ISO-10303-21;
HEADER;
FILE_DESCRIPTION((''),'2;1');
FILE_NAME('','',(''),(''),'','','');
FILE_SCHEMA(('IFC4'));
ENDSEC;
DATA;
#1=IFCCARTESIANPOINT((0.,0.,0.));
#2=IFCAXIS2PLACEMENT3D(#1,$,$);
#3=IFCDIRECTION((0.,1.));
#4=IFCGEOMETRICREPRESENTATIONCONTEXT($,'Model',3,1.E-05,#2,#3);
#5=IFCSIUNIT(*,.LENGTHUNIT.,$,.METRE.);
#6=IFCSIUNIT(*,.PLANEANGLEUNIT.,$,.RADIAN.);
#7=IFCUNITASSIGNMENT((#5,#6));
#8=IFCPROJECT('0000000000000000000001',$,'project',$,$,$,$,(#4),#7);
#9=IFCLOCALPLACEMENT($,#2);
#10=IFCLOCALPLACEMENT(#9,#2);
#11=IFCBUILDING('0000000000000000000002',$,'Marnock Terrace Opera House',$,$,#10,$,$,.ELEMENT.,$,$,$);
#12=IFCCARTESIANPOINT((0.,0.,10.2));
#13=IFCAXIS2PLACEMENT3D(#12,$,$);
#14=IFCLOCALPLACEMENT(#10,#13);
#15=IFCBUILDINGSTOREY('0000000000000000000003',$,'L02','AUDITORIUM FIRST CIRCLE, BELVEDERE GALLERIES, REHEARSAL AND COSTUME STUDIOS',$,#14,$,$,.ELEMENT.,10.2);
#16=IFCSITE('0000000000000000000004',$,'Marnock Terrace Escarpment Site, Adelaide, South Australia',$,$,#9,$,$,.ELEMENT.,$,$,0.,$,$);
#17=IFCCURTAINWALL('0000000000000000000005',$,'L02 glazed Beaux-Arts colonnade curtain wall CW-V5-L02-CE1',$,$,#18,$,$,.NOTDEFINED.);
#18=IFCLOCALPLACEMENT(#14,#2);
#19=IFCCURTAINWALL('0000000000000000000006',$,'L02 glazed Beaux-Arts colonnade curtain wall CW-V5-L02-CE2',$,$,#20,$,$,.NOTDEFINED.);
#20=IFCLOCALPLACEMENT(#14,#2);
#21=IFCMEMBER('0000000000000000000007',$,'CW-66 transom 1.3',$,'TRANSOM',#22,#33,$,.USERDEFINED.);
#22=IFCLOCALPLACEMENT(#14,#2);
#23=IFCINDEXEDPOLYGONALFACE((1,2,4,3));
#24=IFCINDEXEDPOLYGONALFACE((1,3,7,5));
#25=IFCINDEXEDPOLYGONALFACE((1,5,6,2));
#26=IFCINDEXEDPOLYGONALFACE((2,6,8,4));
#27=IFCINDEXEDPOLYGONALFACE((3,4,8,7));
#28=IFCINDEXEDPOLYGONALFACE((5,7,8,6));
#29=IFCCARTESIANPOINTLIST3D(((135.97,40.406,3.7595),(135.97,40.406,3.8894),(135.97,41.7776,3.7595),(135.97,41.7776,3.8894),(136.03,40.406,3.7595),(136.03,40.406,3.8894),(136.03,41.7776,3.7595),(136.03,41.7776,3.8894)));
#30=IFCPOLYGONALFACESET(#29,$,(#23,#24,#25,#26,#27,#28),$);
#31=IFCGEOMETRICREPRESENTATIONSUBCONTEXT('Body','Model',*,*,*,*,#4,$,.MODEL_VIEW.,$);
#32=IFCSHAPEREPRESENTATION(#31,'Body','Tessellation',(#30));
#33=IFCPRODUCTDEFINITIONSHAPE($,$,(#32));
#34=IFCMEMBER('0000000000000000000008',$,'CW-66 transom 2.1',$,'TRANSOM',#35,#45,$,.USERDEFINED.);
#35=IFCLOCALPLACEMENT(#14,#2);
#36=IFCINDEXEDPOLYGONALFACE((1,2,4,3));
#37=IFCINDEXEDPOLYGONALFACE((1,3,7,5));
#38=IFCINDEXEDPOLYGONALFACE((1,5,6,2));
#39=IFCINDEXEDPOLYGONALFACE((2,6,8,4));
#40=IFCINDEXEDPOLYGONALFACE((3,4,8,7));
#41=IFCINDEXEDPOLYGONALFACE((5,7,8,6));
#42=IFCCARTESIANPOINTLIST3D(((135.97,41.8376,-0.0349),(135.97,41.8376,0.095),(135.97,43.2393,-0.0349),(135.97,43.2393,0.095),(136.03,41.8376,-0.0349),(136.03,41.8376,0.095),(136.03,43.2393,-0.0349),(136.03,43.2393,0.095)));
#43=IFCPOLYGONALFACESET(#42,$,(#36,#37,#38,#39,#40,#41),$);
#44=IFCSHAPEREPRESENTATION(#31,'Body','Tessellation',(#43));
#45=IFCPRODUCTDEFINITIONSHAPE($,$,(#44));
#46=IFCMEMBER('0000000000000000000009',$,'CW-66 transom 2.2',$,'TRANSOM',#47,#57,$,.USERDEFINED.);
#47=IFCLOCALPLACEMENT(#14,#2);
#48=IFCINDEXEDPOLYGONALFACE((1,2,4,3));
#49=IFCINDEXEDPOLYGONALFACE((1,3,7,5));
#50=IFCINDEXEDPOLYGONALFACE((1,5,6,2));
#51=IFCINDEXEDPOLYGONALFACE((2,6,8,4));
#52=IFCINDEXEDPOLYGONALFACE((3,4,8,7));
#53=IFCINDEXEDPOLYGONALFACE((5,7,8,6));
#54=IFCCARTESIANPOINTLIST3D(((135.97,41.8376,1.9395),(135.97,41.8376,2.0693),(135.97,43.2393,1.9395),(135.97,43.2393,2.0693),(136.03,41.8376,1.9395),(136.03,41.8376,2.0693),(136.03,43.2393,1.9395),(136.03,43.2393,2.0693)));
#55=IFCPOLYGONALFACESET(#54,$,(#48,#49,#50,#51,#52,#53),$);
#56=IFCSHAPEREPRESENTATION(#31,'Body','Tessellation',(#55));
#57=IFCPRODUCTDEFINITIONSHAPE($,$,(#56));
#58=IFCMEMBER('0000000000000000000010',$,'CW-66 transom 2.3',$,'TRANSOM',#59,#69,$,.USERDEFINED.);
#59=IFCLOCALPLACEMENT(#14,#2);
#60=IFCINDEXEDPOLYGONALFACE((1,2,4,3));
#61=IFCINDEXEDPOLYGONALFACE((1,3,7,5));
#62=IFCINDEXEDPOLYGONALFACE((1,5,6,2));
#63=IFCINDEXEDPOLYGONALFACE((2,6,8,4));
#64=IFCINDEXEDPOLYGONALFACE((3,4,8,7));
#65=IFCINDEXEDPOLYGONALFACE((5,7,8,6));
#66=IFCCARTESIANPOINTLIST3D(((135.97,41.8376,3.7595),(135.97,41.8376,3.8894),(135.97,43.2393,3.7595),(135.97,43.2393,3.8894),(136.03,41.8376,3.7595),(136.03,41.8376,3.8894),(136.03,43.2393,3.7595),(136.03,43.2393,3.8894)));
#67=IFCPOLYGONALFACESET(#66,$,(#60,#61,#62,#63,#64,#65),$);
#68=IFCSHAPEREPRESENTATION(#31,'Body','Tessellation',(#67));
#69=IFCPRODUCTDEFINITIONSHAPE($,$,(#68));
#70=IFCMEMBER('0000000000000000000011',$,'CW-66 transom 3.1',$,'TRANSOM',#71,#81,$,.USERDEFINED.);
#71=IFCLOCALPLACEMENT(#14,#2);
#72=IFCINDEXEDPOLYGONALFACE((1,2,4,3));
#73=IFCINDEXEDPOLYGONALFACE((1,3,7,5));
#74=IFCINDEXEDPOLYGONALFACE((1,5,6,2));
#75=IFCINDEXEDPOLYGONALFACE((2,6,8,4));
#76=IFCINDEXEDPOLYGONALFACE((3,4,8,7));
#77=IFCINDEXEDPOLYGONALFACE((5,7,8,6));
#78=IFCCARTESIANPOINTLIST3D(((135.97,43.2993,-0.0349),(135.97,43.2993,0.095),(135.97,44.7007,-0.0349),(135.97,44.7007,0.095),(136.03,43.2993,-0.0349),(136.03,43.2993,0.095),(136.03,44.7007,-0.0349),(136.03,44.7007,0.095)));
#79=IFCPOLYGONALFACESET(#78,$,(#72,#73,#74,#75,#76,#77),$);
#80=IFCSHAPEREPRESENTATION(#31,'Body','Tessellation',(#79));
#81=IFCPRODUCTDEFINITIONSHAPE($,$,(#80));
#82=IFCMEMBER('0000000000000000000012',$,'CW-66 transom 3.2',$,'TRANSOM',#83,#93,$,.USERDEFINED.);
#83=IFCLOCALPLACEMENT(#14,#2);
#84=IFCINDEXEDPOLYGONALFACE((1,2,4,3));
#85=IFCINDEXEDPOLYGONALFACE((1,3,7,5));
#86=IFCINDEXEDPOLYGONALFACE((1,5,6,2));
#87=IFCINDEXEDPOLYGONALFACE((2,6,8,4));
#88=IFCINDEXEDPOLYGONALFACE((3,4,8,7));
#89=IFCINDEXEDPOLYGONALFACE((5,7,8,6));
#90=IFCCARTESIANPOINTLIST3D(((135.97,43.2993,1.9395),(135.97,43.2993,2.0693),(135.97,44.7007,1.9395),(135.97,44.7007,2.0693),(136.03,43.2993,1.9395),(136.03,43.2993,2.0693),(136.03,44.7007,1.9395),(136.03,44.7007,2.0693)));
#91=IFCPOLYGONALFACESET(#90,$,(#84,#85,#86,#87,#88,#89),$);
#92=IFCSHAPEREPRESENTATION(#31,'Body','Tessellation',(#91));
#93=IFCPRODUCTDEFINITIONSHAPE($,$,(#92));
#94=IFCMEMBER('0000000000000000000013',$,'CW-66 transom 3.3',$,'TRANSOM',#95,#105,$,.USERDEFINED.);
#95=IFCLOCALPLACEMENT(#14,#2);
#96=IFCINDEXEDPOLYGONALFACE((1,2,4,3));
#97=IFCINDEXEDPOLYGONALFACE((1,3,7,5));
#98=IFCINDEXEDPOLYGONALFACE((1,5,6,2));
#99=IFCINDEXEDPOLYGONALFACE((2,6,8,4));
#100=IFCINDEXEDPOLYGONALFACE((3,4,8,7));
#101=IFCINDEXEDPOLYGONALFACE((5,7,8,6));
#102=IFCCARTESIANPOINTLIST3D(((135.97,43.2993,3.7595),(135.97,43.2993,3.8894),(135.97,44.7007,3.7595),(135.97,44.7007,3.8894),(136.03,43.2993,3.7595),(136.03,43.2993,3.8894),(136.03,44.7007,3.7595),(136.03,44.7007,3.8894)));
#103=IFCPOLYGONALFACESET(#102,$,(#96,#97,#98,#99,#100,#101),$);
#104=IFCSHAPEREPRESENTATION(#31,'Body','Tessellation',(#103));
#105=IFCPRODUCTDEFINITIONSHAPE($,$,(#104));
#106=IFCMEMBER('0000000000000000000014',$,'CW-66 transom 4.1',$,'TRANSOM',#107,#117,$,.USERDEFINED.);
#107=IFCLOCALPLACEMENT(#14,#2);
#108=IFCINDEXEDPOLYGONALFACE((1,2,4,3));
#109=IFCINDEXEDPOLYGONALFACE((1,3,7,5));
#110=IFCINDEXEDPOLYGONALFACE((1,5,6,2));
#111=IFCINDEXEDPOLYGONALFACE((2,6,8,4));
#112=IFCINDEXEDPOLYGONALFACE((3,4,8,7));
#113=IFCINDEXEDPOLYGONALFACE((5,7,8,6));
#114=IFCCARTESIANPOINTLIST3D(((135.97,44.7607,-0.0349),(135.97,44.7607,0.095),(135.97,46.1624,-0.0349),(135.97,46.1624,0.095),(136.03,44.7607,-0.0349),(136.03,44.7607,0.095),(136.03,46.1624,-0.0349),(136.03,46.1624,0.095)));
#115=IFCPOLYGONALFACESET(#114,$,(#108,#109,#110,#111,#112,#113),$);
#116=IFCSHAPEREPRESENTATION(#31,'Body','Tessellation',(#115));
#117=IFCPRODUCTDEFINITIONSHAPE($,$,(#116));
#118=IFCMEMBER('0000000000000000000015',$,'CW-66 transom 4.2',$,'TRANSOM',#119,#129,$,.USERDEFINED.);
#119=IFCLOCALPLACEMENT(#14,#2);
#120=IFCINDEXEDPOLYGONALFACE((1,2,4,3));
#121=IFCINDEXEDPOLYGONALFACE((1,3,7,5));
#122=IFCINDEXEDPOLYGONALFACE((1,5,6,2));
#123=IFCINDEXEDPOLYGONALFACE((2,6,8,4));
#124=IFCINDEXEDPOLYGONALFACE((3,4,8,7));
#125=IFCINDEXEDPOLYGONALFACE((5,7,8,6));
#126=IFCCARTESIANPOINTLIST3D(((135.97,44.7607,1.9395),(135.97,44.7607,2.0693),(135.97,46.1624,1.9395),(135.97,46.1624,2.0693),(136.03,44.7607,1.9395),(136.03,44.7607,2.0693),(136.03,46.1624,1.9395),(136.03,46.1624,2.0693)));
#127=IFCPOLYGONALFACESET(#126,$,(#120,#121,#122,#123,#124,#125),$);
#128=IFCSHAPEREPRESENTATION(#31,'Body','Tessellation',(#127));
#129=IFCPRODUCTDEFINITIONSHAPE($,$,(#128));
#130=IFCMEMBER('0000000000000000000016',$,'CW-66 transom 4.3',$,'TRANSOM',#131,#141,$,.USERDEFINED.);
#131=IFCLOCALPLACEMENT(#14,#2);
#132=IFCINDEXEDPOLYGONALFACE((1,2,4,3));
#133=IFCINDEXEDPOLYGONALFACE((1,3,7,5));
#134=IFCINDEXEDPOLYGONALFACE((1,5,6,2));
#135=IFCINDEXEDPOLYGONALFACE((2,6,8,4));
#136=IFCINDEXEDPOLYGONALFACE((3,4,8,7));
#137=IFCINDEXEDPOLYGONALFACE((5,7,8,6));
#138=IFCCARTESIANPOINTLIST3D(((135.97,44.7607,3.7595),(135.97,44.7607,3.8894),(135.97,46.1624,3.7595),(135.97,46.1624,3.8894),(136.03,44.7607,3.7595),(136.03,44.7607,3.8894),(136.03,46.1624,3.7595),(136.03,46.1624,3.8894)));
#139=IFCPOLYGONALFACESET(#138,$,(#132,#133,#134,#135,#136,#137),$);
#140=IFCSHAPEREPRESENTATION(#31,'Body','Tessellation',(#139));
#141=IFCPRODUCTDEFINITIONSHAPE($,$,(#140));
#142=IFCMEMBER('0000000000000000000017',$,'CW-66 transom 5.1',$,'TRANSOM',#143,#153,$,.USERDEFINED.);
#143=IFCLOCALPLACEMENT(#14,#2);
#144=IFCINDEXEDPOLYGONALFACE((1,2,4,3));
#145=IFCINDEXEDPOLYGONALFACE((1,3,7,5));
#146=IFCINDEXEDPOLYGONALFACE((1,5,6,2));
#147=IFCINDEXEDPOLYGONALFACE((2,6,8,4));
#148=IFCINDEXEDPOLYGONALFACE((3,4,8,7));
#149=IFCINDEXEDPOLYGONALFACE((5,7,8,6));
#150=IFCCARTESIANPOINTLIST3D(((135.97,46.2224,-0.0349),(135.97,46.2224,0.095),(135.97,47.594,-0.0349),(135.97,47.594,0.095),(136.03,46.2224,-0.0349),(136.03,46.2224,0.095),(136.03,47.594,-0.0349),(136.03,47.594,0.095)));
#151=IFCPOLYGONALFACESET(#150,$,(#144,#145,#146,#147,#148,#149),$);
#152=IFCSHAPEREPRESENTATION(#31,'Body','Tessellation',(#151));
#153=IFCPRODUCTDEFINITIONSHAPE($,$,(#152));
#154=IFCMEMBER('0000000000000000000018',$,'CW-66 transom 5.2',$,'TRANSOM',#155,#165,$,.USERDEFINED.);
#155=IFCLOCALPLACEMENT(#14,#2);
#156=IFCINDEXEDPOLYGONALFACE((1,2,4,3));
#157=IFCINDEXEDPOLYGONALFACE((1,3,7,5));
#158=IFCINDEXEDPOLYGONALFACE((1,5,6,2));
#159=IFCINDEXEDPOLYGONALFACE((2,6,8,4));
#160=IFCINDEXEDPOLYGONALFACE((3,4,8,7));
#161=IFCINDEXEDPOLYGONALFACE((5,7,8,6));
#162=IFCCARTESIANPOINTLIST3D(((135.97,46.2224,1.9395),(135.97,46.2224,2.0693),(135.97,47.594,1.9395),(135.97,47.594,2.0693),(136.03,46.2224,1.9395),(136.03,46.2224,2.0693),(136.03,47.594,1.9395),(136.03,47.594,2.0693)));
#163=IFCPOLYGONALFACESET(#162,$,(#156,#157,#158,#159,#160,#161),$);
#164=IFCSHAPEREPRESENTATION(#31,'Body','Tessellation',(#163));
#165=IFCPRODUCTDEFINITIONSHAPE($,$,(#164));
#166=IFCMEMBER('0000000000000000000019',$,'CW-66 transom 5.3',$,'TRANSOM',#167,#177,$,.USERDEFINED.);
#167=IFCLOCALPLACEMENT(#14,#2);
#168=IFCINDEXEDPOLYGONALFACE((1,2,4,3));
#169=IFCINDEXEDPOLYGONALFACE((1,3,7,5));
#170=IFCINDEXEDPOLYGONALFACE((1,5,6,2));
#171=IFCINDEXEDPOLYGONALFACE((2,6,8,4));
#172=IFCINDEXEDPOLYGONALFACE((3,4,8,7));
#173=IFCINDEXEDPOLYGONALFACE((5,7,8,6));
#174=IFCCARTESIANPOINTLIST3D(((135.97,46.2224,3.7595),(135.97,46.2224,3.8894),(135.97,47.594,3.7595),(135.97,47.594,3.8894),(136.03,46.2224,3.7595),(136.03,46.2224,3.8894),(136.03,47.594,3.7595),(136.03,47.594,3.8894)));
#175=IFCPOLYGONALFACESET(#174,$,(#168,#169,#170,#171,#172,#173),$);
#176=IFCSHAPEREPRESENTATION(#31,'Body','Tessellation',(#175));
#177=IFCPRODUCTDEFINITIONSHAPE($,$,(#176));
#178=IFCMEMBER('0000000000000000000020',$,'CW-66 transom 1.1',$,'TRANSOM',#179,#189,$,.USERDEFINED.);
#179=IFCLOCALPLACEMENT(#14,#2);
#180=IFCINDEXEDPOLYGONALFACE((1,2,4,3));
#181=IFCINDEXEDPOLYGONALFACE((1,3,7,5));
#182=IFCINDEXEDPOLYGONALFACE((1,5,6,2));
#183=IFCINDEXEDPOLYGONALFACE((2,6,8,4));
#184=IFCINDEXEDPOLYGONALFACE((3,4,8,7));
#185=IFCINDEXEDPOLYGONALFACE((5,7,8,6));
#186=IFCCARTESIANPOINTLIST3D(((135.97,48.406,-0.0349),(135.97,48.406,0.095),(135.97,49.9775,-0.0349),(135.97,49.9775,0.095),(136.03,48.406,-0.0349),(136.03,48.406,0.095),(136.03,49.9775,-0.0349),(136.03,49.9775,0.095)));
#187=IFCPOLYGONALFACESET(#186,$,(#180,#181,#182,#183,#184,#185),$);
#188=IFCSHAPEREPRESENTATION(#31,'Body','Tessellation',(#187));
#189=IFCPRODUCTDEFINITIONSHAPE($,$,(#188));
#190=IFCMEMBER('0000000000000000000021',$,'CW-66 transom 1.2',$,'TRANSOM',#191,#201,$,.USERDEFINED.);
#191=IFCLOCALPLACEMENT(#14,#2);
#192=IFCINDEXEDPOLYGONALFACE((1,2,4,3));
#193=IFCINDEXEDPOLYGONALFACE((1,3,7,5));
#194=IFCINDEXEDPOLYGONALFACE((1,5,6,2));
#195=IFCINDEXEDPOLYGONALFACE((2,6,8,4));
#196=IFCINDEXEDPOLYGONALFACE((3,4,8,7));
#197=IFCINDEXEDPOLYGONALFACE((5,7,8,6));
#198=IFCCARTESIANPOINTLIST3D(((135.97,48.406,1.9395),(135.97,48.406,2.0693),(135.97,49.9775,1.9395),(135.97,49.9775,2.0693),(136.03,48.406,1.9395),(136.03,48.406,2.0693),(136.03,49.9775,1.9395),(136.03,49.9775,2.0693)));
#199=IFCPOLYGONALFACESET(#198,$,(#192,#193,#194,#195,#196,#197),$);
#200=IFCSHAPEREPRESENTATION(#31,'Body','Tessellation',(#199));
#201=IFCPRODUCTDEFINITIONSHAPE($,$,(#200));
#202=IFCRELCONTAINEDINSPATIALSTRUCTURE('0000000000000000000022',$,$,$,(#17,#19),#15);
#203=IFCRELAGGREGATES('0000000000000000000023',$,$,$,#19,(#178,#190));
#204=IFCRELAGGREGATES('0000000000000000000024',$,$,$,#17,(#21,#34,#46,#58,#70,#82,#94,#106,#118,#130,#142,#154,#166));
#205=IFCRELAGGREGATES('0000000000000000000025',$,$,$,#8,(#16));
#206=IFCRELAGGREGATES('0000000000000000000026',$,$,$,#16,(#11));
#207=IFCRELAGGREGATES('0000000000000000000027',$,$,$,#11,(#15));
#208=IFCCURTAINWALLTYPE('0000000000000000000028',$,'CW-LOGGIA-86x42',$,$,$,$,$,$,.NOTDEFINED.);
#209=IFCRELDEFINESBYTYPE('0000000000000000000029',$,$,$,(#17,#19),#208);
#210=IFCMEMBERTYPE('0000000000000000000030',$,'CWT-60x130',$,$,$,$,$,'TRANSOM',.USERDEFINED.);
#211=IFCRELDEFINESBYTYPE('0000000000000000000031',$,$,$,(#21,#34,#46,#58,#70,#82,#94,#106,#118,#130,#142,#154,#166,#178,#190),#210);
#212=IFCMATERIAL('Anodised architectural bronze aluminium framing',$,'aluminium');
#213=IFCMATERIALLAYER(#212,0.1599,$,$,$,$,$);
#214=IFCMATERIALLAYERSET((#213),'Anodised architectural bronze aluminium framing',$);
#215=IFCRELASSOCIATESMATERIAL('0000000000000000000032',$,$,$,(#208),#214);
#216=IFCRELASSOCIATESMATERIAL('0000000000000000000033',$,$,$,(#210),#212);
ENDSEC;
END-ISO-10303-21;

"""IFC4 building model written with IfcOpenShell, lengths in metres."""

from ifc_helpers import new_model, si_unit, direction, frame, origin, origin_2d, place, context, subcontext, project, spatial, rectangle, extrude, material, layer, layer_set, material_profile, profile_set, type_object, element, aggregate, save


model = new_model("IFC4")

# Units and contexts
model_context = context("Model", 3, precision=1e-05, world=origin(), true_north=direction((0.0, 1.0)))
body_context = subcontext(model_context, "Body", "Model", "MODEL_VIEW")
ifc_project = project(units=[si_unit("LENGTHUNIT", "METRE"), si_unit("PLANEANGLEUNIT", "RADIAN")], contexts=[model_context])

# Site, building, storey
site_placement = place(None, origin())
site = spatial("IfcSite", under=ifc_project, at=site_placement, Name="Marnock Terrace Escarpment Site, Adelaide, South Australia", CompositionType="ELEMENT", RefElevation=0.0)
building_placement = place(site_placement, origin())
building = spatial("IfcBuilding", under=site, at=building_placement, Name="Marnock Terrace Opera House", CompositionType="ELEMENT")
storey_placement = place(building_placement, frame((0.0, 0.0, 10.2)))
storey = spatial("IfcBuildingStorey", under=building, at=storey_placement, Name="L02", Description="AUDITORIUM FIRST CIRCLE, BELVEDERE GALLERIES, REHEARSAL AND COSTUME STUDIOS", CompositionType="ELEMENT", Elevation=10.2)

# Curtain wall
ifc_material_1 = material(Name="Anodised architectural bronze aluminium framing", Category="aluminium")
ifc_layer_1 = layer(ifc_material_1, 0.1599)
ifc_layer_set_1 = layer_set([ifc_layer_1], Name="Anodised architectural bronze aluminium framing")
curtain_wall_type = type_object("IfcCurtainWallType", Name="CW-LOGGIA-86x42", PredefinedType="NOTDEFINED", material=ifc_layer_set_1)
curtain_wall_1_placement = place(storey_placement, origin())
curtain_wall_1 = element("IfcCurtainWall", 1, at=curtain_wall_1_placement, inside=storey, type_object=curtain_wall_type, Name="L02 glazed Beaux-Arts colonnade curtain wall CW-V5-L02-CE1", PredefinedType="NOTDEFINED")

# Curtain wall
curtain_wall_2_placement = place(storey_placement, origin())
curtain_wall_2 = element("IfcCurtainWall", 2, at=curtain_wall_2_placement, inside=storey, type_object=curtain_wall_type, Name="L02 glazed Beaux-Arts colonnade curtain wall CW-V5-L02-CE2", PredefinedType="NOTDEFINED")

# Members
ifc_material_profile_1 = material_profile(ifc_material_1, rectangle(XDim=0.0601, YDim=0.1299, at=origin_2d()))
ifc_profile_set_1 = profile_set([ifc_material_profile_1], Name="Anodised architectural bronze aluminium framing")
member_type_1 = type_object("IfcMemberType", Name="CWT-60x130", ElementType="TRANSOM", PredefinedType="USERDEFINED", material=ifc_profile_set_1)
member_1_placement = place(storey_placement, frame((136.0, 40.406, 3.8245), z_axis=(0.0, 1.0, 0.0), x_axis=(-1.0, 0.0, 0.0)))
member_1 = element("IfcMember", 3, at=member_1_placement, type_object=member_type_1, Name="CW-66 transom 1.3", ObjectType="TRANSOM", PredefinedType="USERDEFINED", context=body_context, shape_type="SweptSolid", body=[
    extrude(rectangle(XDim=0.0601, YDim=0.1299, at=origin_2d()), origin(), (0.0, 0.0, 1.0), 1.3716),
])
member_2_placement = place(storey_placement, frame((136.0, 41.8376, 0.03), z_axis=(0.0, 1.0, 0.0), x_axis=(-1.0, 0.0, 0.0)))
member_2 = element("IfcMember", 4, at=member_2_placement, type_object=member_type_1, Name="CW-66 transom 2.1", ObjectType="TRANSOM", PredefinedType="USERDEFINED", context=body_context, shape_type="SweptSolid", body=[
    extrude(rectangle(XDim=0.0601, YDim=0.1299, at=origin_2d()), origin(), (0.0, 0.0, 1.0), 1.4016),
])
member_3_placement = place(storey_placement, frame((136.0, 41.8376, 2.0044), z_axis=(0.0, 1.0, 0.0), x_axis=(-1.0, 0.0, 0.0)))
member_3 = element("IfcMember", 5, at=member_3_placement, type_object=member_type_1, Name="CW-66 transom 2.2", ObjectType="TRANSOM", PredefinedType="USERDEFINED", context=body_context, shape_type="SweptSolid", body=[
    extrude(rectangle(XDim=0.0601, YDim=0.1299, at=origin_2d()), origin(), (0.0, 0.0, 1.0), 1.4016),
])
member_4_placement = place(storey_placement, frame((136.0, 41.8376, 3.8245), z_axis=(0.0, 1.0, 0.0), x_axis=(-1.0, 0.0, 0.0)))
member_4 = element("IfcMember", 6, at=member_4_placement, type_object=member_type_1, Name="CW-66 transom 2.3", ObjectType="TRANSOM", PredefinedType="USERDEFINED", context=body_context, shape_type="SweptSolid", body=[
    extrude(rectangle(XDim=0.0601, YDim=0.1299, at=origin_2d()), origin(), (0.0, 0.0, 1.0), 1.4016),
])
member_5_placement = place(storey_placement, frame((136.0, 43.2993, 0.03), z_axis=(0.0, 1.0, 0.0), x_axis=(-1.0, 0.0, 0.0)))
member_5 = element("IfcMember", 7, at=member_5_placement, type_object=member_type_1, Name="CW-66 transom 3.1", ObjectType="TRANSOM", PredefinedType="USERDEFINED", context=body_context, shape_type="SweptSolid", body=[
    extrude(rectangle(XDim=0.0601, YDim=0.1299, at=origin_2d()), origin(), (0.0, 0.0, 1.0), 1.4014),
])
member_6_placement = place(storey_placement, frame((136.0, 43.2993, 2.0044), z_axis=(0.0, 1.0, 0.0), x_axis=(-1.0, 0.0, 0.0)))
member_6 = element("IfcMember", 8, at=member_6_placement, type_object=member_type_1, Name="CW-66 transom 3.2", ObjectType="TRANSOM", PredefinedType="USERDEFINED", context=body_context, shape_type="SweptSolid", body=[
    extrude(rectangle(XDim=0.0601, YDim=0.1299, at=origin_2d()), origin(), (0.0, 0.0, 1.0), 1.4014),
])
member_7_placement = place(storey_placement, frame((136.0, 43.2993, 3.8245), z_axis=(0.0, 1.0, 0.0), x_axis=(-1.0, 0.0, 0.0)))
member_7 = element("IfcMember", 9, at=member_7_placement, type_object=member_type_1, Name="CW-66 transom 3.3", ObjectType="TRANSOM", PredefinedType="USERDEFINED", context=body_context, shape_type="SweptSolid", body=[
    extrude(rectangle(XDim=0.0601, YDim=0.1299, at=origin_2d()), origin(), (0.0, 0.0, 1.0), 1.4014),
])
member_8_placement = place(storey_placement, frame((136.0, 44.7607, 0.03), z_axis=(0.0, 1.0, 0.0), x_axis=(-1.0, 0.0, 0.0)))
member_8 = element("IfcMember", 10, at=member_8_placement, type_object=member_type_1, Name="CW-66 transom 4.1", ObjectType="TRANSOM", PredefinedType="USERDEFINED", context=body_context, shape_type="SweptSolid", body=[
    extrude(rectangle(XDim=0.0601, YDim=0.1299, at=origin_2d()), origin(), (0.0, 0.0, 1.0), 1.4016),
])
member_9_placement = place(storey_placement, frame((136.0, 44.7607, 2.0044), z_axis=(0.0, 1.0, 0.0), x_axis=(-1.0, 0.0, 0.0)))
member_9 = element("IfcMember", 11, at=member_9_placement, type_object=member_type_1, Name="CW-66 transom 4.2", ObjectType="TRANSOM", PredefinedType="USERDEFINED", context=body_context, shape_type="SweptSolid", body=[
    extrude(rectangle(XDim=0.0601, YDim=0.1299, at=origin_2d()), origin(), (0.0, 0.0, 1.0), 1.4016),
])
member_10_placement = place(storey_placement, frame((136.0, 44.7607, 3.8245), z_axis=(0.0, 1.0, 0.0), x_axis=(-1.0, 0.0, 0.0)))
member_10 = element("IfcMember", 12, at=member_10_placement, type_object=member_type_1, Name="CW-66 transom 4.3", ObjectType="TRANSOM", PredefinedType="USERDEFINED", context=body_context, shape_type="SweptSolid", body=[
    extrude(rectangle(XDim=0.0601, YDim=0.1299, at=origin_2d()), origin(), (0.0, 0.0, 1.0), 1.4016),
])
member_11_placement = place(storey_placement, frame((136.0, 46.2224, 0.03), z_axis=(0.0, 1.0, 0.0), x_axis=(-1.0, 0.0, 0.0)))
member_11 = element("IfcMember", 13, at=member_11_placement, type_object=member_type_1, Name="CW-66 transom 5.1", ObjectType="TRANSOM", PredefinedType="USERDEFINED", context=body_context, shape_type="SweptSolid", body=[
    extrude(rectangle(XDim=0.0601, YDim=0.1299, at=origin_2d()), origin(), (0.0, 0.0, 1.0), 1.3716),
])
member_12_placement = place(storey_placement, frame((136.0, 46.2224, 2.0044), z_axis=(0.0, 1.0, 0.0), x_axis=(-1.0, 0.0, 0.0)))
member_12 = element("IfcMember", 14, at=member_12_placement, type_object=member_type_1, Name="CW-66 transom 5.2", ObjectType="TRANSOM", PredefinedType="USERDEFINED", context=body_context, shape_type="SweptSolid", body=[
    extrude(rectangle(XDim=0.0601, YDim=0.1299, at=origin_2d()), origin(), (0.0, 0.0, 1.0), 1.3716),
])
member_13_placement = place(storey_placement, frame((136.0, 46.2224, 3.8245), z_axis=(0.0, 1.0, 0.0), x_axis=(-1.0, 0.0, 0.0)))
member_13 = element("IfcMember", 15, at=member_13_placement, type_object=member_type_1, Name="CW-66 transom 5.3", ObjectType="TRANSOM", PredefinedType="USERDEFINED", context=body_context, shape_type="SweptSolid", body=[
    extrude(rectangle(XDim=0.0601, YDim=0.1299, at=origin_2d()), origin(), (0.0, 0.0, 1.0), 1.3716),
])
member_14_placement = place(storey_placement, frame((136.0, 48.406, 0.03), z_axis=(0.0, 1.0, 0.0), x_axis=(-1.0, 0.0, 0.0)))
member_14 = element("IfcMember", 16, at=member_14_placement, type_object=member_type_1, Name="CW-66 transom 1.1", ObjectType="TRANSOM", PredefinedType="USERDEFINED", context=body_context, shape_type="SweptSolid", body=[
    extrude(rectangle(XDim=0.0601, YDim=0.1299, at=origin_2d()), origin(), (0.0, 0.0, 1.0), 1.5715),
])
member_15_placement = place(storey_placement, frame((136.0, 48.406, 2.0044), z_axis=(0.0, 1.0, 0.0), x_axis=(-1.0, 0.0, 0.0)))
member_15 = element("IfcMember", 17, at=member_15_placement, type_object=member_type_1, Name="CW-66 transom 1.2", ObjectType="TRANSOM", PredefinedType="USERDEFINED", context=body_context, shape_type="SweptSolid", body=[
    extrude(rectangle(XDim=0.0601, YDim=0.1299, at=origin_2d()), origin(), (0.0, 0.0, 1.0), 1.5715),
])
aggregate(curtain_wall_2, [member_14, member_15])

aggregate(curtain_wall_1, [member_1, member_2, member_3, member_4, member_5, member_6, member_7, member_8, member_9, member_10, member_11, member_12, member_13])

save(model, "model.ifc")
